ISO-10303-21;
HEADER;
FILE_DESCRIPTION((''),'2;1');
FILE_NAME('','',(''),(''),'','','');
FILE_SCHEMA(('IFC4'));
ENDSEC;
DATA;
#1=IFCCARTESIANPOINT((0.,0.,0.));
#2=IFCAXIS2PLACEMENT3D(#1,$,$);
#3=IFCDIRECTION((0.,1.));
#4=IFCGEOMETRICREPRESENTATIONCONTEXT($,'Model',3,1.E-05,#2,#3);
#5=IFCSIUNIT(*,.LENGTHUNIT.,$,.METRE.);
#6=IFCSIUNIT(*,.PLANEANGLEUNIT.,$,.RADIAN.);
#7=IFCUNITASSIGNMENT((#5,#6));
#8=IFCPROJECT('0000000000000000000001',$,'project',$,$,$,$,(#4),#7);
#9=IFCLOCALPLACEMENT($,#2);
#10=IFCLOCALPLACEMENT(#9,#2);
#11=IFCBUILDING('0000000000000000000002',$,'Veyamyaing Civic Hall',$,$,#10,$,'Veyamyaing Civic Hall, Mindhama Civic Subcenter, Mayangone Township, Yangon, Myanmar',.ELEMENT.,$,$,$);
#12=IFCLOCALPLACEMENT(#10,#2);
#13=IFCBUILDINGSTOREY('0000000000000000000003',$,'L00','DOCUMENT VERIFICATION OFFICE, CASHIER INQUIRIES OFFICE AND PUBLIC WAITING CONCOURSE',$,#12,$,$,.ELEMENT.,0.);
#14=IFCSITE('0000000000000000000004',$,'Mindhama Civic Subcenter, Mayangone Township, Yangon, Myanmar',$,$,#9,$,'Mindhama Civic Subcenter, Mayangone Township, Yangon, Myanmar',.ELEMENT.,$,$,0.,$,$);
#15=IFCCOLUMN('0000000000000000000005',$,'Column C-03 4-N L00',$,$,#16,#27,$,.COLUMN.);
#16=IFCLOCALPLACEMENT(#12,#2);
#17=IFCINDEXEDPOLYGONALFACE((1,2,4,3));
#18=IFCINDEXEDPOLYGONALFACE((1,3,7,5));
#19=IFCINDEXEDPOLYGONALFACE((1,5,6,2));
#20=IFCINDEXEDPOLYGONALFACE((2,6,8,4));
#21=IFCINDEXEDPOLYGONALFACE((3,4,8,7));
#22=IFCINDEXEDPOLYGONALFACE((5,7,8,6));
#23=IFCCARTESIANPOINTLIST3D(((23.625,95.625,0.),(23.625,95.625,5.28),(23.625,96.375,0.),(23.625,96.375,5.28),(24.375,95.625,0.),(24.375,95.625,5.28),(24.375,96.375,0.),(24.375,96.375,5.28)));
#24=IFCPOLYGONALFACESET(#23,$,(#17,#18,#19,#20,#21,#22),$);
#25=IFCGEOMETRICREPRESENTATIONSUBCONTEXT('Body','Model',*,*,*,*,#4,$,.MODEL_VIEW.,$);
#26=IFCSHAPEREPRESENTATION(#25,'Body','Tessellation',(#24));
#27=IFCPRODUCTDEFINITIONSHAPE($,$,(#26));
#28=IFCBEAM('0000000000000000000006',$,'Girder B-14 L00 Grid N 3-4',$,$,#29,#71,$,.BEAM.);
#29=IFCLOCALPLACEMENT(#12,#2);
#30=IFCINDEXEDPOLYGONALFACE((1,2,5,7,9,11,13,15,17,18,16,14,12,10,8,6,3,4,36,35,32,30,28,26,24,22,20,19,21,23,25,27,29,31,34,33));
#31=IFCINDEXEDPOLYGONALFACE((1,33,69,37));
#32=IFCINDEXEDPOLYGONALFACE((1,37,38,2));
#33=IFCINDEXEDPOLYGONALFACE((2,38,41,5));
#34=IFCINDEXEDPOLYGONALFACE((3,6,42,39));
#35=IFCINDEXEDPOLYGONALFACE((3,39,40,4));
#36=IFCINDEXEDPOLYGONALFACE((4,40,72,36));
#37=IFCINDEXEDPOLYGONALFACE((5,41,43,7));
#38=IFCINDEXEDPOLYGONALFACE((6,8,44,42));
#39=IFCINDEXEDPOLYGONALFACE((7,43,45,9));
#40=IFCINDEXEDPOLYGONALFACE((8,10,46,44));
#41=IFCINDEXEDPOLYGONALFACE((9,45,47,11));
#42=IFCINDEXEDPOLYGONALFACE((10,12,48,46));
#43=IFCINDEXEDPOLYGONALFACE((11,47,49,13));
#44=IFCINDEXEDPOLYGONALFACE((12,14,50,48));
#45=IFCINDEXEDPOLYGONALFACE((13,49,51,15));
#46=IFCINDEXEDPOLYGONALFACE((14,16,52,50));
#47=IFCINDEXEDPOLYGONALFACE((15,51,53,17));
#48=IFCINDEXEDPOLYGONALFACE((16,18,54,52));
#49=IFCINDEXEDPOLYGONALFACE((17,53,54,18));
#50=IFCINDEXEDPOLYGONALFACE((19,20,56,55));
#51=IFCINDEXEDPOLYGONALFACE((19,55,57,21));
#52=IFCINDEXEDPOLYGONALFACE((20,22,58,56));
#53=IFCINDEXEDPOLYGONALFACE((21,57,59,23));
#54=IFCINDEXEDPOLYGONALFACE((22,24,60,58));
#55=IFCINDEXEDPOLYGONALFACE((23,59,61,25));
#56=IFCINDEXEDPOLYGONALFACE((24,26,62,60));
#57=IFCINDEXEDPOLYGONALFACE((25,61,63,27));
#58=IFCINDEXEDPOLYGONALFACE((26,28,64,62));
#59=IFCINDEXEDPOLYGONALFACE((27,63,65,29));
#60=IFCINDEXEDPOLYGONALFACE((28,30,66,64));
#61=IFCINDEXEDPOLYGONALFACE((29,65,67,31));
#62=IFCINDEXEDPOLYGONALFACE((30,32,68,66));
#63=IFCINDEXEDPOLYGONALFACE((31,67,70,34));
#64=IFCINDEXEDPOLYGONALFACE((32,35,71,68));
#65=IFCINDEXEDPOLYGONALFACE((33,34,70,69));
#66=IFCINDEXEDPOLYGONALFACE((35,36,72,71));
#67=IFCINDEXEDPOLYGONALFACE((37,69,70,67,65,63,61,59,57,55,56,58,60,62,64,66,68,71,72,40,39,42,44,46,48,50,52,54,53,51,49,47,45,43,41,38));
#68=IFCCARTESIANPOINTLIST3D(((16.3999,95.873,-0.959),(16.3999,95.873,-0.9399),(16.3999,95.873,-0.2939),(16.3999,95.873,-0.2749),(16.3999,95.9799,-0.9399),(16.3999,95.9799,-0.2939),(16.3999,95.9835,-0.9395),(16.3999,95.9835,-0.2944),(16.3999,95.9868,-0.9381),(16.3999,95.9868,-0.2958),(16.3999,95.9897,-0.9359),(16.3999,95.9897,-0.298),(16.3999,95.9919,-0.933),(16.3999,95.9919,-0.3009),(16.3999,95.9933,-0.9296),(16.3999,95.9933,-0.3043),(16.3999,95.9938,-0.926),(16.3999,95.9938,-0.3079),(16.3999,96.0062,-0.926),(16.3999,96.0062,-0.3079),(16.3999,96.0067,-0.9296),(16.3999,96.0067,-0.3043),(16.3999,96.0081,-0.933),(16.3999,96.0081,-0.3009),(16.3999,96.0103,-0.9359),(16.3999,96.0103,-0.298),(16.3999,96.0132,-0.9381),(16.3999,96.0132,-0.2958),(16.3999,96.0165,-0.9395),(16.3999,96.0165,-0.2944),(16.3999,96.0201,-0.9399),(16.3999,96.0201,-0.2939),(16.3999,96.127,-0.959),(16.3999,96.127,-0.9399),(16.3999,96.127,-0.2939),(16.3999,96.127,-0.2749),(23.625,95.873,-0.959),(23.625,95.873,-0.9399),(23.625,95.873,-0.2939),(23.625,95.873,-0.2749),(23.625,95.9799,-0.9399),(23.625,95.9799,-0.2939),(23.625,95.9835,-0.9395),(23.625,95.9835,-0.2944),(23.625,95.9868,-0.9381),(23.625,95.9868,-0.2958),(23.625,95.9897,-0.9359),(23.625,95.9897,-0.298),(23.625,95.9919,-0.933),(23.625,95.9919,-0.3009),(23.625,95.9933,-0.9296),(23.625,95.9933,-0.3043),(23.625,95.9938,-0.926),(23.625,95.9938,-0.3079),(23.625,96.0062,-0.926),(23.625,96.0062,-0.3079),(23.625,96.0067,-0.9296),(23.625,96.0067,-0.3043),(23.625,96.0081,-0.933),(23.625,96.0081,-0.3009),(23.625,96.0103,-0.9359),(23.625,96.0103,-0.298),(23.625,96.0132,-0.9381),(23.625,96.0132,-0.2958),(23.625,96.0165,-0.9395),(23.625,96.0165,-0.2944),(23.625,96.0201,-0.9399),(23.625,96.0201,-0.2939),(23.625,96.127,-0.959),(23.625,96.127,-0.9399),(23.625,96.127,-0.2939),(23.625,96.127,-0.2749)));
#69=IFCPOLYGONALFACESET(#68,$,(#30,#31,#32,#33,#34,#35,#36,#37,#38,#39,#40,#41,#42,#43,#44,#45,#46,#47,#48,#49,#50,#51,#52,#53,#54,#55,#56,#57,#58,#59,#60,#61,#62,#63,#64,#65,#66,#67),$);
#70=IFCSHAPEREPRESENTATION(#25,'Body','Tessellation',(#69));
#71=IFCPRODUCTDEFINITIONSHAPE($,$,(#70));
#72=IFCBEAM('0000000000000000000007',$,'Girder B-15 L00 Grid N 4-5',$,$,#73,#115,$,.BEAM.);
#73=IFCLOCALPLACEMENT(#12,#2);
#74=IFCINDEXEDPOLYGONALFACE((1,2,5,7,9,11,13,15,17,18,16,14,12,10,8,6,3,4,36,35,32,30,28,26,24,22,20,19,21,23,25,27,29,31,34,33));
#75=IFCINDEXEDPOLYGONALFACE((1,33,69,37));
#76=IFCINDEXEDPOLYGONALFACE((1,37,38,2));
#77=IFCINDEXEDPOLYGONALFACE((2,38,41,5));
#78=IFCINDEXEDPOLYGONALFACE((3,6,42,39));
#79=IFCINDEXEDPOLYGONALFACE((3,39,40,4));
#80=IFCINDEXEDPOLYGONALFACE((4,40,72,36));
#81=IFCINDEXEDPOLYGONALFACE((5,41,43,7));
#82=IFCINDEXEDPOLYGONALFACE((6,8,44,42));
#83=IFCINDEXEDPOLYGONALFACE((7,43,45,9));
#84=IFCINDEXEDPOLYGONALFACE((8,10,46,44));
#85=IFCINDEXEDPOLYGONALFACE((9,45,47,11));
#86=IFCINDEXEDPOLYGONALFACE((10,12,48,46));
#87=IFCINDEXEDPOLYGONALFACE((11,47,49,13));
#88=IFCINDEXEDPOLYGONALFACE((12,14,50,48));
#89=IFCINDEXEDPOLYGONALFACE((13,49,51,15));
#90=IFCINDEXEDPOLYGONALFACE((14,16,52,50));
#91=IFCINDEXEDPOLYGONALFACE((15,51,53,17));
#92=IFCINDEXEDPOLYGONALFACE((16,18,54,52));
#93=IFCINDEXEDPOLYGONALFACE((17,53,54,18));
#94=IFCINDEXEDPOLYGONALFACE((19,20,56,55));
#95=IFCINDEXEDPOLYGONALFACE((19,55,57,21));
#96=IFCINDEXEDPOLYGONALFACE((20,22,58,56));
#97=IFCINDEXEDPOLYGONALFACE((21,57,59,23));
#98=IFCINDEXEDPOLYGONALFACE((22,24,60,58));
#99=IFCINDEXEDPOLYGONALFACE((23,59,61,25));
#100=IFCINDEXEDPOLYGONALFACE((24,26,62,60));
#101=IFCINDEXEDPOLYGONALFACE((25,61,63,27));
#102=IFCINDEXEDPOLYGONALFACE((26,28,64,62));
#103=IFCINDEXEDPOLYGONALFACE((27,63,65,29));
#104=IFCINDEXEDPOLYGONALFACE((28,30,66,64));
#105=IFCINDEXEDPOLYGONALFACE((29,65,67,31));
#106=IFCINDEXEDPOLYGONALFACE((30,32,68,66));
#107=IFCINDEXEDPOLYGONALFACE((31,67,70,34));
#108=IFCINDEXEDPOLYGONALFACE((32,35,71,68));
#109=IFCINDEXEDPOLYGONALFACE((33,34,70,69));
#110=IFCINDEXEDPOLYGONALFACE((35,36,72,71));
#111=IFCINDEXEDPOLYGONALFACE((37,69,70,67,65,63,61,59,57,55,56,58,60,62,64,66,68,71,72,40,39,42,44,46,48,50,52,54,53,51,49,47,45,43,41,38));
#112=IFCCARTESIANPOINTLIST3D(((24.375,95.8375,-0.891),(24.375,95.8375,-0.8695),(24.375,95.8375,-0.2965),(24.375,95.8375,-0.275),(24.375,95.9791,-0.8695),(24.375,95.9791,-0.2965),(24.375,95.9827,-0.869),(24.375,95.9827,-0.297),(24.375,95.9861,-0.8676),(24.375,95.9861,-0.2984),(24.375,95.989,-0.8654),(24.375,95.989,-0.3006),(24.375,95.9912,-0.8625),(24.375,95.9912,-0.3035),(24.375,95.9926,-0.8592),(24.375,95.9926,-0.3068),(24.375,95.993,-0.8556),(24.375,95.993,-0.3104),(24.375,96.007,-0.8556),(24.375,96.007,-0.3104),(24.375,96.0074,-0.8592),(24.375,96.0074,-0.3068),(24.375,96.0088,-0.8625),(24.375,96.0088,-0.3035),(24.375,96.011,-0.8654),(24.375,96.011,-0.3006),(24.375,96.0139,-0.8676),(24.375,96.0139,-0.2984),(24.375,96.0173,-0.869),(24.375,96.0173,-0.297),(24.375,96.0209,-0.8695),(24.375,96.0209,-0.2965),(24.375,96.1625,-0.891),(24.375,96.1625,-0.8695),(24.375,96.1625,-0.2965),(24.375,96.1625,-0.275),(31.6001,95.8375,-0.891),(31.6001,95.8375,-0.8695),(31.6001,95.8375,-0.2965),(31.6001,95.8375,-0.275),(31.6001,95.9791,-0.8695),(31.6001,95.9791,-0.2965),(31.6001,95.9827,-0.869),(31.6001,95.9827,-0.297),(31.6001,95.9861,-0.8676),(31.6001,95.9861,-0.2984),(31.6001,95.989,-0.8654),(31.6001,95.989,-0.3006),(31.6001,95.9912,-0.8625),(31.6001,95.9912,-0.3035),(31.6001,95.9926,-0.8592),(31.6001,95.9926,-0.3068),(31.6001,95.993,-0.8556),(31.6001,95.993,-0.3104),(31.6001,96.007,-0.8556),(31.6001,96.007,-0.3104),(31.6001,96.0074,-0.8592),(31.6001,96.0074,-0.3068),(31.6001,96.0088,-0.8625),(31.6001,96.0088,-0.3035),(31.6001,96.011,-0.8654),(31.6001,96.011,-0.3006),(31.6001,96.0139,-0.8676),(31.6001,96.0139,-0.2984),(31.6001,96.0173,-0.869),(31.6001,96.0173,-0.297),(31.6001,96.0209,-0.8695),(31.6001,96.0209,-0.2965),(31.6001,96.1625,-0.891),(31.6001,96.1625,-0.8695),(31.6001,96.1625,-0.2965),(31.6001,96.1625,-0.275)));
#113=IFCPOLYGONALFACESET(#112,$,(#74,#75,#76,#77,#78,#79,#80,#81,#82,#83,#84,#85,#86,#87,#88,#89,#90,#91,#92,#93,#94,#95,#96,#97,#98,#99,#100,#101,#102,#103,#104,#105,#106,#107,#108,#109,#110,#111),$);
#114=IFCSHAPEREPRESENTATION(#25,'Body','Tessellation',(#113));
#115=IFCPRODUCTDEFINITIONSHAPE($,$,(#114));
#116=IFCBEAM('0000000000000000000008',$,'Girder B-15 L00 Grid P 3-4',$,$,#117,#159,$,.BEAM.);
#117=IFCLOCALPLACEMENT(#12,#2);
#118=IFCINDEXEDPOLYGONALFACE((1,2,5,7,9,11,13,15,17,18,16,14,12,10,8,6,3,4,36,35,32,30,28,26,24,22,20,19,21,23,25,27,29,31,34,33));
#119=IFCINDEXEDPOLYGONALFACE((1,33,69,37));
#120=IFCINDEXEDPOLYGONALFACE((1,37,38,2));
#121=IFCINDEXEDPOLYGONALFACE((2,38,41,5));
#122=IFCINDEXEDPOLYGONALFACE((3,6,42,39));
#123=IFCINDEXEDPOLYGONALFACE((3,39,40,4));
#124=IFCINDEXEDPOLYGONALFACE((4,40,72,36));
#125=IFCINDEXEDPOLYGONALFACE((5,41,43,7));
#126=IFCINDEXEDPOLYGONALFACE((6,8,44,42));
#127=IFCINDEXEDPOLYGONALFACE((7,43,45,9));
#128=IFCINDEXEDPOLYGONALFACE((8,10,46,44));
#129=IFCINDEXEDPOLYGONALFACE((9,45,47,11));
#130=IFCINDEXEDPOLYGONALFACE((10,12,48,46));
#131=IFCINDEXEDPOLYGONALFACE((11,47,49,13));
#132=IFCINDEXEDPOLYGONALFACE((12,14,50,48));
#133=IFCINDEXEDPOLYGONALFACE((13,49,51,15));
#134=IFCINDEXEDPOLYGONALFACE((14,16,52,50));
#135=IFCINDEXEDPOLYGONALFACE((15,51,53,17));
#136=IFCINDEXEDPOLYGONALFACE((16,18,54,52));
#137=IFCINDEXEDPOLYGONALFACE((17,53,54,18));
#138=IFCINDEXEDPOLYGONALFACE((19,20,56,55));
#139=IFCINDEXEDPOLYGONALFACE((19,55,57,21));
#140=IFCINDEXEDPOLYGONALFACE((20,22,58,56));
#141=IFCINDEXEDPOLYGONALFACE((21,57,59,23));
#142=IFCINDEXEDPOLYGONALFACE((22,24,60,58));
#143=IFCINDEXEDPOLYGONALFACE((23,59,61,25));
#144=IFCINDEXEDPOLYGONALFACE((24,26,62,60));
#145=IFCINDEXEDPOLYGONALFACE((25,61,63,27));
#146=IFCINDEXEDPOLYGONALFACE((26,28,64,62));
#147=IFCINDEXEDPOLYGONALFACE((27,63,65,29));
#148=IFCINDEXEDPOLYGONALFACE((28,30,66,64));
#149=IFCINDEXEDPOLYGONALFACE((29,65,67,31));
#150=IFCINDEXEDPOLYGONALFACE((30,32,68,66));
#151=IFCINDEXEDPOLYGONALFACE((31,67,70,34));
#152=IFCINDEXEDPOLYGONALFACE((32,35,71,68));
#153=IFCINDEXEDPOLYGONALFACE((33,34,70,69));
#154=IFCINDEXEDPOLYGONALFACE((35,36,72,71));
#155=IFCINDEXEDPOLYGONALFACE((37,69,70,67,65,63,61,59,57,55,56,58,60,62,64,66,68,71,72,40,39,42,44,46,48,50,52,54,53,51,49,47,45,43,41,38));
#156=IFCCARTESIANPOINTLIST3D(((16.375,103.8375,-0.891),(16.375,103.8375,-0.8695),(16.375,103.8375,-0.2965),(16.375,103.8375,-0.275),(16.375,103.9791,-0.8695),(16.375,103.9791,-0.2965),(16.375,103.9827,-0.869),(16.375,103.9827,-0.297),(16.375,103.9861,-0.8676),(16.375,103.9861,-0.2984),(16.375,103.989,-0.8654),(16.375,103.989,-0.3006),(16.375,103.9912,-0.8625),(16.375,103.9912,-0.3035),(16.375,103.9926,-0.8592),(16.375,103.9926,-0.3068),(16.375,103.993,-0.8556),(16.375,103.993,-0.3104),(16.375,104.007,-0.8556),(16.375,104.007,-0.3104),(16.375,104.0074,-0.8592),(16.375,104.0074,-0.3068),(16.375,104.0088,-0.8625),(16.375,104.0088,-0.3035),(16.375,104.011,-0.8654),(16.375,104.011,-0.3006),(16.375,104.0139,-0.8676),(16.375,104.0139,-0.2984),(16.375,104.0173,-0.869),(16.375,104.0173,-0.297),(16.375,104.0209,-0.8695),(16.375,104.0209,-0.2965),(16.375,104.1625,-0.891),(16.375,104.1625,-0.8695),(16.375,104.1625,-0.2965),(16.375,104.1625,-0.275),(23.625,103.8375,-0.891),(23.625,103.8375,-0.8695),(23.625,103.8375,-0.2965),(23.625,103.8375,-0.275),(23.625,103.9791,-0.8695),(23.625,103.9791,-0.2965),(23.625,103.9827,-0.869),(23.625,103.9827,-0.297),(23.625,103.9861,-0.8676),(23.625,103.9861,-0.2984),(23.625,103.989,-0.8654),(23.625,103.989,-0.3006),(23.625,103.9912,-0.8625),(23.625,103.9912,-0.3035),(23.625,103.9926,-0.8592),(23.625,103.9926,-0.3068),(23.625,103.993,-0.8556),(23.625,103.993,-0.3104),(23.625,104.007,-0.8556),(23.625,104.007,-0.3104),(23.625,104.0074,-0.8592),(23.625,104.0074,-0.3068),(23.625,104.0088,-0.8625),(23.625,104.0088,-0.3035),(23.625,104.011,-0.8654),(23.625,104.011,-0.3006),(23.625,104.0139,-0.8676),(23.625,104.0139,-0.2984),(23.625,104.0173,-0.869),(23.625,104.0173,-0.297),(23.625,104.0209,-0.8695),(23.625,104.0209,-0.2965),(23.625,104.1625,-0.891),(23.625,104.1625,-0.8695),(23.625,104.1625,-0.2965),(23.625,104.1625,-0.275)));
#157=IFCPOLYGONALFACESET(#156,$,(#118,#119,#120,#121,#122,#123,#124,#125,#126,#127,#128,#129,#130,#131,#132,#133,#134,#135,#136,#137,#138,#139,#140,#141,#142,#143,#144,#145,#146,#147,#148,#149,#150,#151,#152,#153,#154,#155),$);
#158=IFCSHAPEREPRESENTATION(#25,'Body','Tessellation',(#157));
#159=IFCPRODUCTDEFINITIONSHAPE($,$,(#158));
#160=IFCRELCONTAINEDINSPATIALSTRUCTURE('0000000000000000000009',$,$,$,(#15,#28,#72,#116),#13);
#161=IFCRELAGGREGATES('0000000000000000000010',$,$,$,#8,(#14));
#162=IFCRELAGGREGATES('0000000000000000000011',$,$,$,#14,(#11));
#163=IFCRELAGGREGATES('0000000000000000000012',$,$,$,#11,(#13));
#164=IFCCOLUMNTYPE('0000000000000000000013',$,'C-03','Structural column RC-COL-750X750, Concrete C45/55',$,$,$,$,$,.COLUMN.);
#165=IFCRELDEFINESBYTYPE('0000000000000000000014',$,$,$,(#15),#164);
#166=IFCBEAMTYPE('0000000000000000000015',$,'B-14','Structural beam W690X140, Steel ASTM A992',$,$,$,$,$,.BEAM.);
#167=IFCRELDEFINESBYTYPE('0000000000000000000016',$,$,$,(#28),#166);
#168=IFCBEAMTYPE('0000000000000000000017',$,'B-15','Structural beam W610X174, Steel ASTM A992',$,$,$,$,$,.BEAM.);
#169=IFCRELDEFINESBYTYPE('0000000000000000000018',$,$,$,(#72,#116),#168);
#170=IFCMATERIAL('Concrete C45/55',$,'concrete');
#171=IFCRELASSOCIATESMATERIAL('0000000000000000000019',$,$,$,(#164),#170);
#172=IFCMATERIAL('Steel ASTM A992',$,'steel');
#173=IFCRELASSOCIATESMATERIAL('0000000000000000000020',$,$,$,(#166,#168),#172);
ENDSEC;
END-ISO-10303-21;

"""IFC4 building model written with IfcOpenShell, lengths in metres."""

from ifc_helpers import new_model, si_unit, direction, frame, origin, origin_2d, place, context, subcontext, project, spatial, rectangle, i_section, extrude, material, material_profile, profile_set, type_object, element, save


model = new_model("IFC4")

# Units and contexts
model_context = context("Model", 3, precision=1e-05, world=origin(), true_north=direction((0.0, 1.0)))
body_context = subcontext(model_context, "Body", "Model", "MODEL_VIEW")
ifc_project = project(units=[si_unit("LENGTHUNIT", "METRE"), si_unit("PLANEANGLEUNIT", "RADIAN")], contexts=[model_context])

# Site, building, storey
site_placement = place(None, origin())
site = spatial("IfcSite", under=ifc_project, at=site_placement, Name="Mindhama Civic Subcenter, Mayangone Township, Yangon, Myanmar", LongName="Mindhama Civic Subcenter, Mayangone Township, Yangon, Myanmar", CompositionType="ELEMENT", RefElevation=0.0)
building_placement = place(site_placement, origin())
building = spatial("IfcBuilding", under=site, at=building_placement, Name="Veyamyaing Civic Hall", LongName="Veyamyaing Civic Hall, Mindhama Civic Subcenter, Mayangone Township, Yangon, Myanmar", CompositionType="ELEMENT")
storey_placement = place(building_placement, origin())
storey = spatial("IfcBuildingStorey", under=building, at=storey_placement, Name="L00", Description="DOCUMENT VERIFICATION OFFICE, CASHIER INQUIRIES OFFICE AND PUBLIC WAITING CONCOURSE", CompositionType="ELEMENT", Elevation=0.0)

# Column
ifc_material_1 = material(Name="Concrete C45/55", Category="concrete")
ifc_material_profile_1 = material_profile(ifc_material_1, rectangle(XDim=0.75, YDim=0.75, at=origin_2d()), Name="RC-COL-750X750")
ifc_profile_set_1 = profile_set([ifc_material_profile_1], Name="Concrete C45/55")
column_type = type_object("IfcColumnType", Name="C-03", Description="Structural column RC-COL-750X750, Concrete C45/55", PredefinedType="COLUMN", material=ifc_profile_set_1)
column_placement = place(storey_placement, frame((24.0, 96.0, 0.0), z_axis=(0.0, 0.0, 1.0), x_axis=(1.0, 0.0, 0.0)))
element("IfcColumn", 1, at=column_placement, inside=storey, type_object=column_type, Name="Column C-03 4-N L00", PredefinedType="COLUMN", context=body_context, shape_type="SweptSolid", body=[
    extrude(rectangle(XDim=0.75, YDim=0.75, at=origin_2d()), origin(), (0.0, 0.0, 1.0), 5.28),
])

# Beams
ifc_material_2 = material(Name="Steel ASTM A992", Category="steel")
ifc_material_profile_2 = material_profile(ifc_material_2, i_section(OverallWidth=0.2539, OverallDepth=0.6841, WebThickness=0.0125, FlangeThickness=0.019, FilletRadius=0.0139, at=origin_2d()), Name="W690X140")
ifc_profile_set_2 = profile_set([ifc_material_profile_2], Name="Steel ASTM A992")
beam_type_1 = type_object("IfcBeamType", Name="B-14", Description="Structural beam W690X140, Steel ASTM A992", PredefinedType="BEAM", material=ifc_profile_set_2)
beam_1_placement = place(storey_placement, frame((16.3999, 96.0, -0.6169), z_axis=(1.0, 0.0, 0.0), x_axis=(0.0, 1.0, 0.0)))
element("IfcBeam", 2, at=beam_1_placement, inside=storey, type_object=beam_type_1, Name="Girder B-14 L00 Grid N 3-4", PredefinedType="BEAM", context=body_context, shape_type="SweptSolid", body=[
    extrude(i_section(OverallWidth=0.2539, OverallDepth=0.6841, WebThickness=0.0125, FlangeThickness=0.019, FilletRadius=0.0139, at=origin_2d()), origin(), (0.0, 0.0, 1.0), 7.2251),
])
ifc_material_profile_3 = material_profile(ifc_material_2, i_section(OverallWidth=0.325, OverallDepth=0.616, WebThickness=0.0139, FlangeThickness=0.0215, FilletRadius=0.0139, at=origin_2d()), Name="W610X174")
ifc_profile_set_3 = profile_set([ifc_material_profile_3], Name="Steel ASTM A992")
beam_type_2 = type_object("IfcBeamType", Name="B-15", Description="Structural beam W610X174, Steel ASTM A992", PredefinedType="BEAM", material=ifc_profile_set_3)
beam_2_placement = place(storey_placement, frame((24.375, 96.0, -0.583), z_axis=(1.0, 0.0, 0.0), x_axis=(0.0, 1.0, 0.0)))
element("IfcBeam", 3, at=beam_2_placement, inside=storey, type_object=beam_type_2, Name="Girder B-15 L00 Grid N 4-5", PredefinedType="BEAM", context=body_context, shape_type="SweptSolid", body=[
    extrude(i_section(OverallWidth=0.325, OverallDepth=0.616, WebThickness=0.0139, FlangeThickness=0.0215, FilletRadius=0.0139, at=origin_2d()), origin(), (0.0, 0.0, 1.0), 7.2251),
])
beam_3_placement = place(storey_placement, frame((16.375, 104.0, -0.583), z_axis=(1.0, 0.0, 0.0), x_axis=(0.0, 1.0, 0.0)))
element("IfcBeam", 4, at=beam_3_placement, inside=storey, type_object=beam_type_2, Name="Girder B-15 L00 Grid P 3-4", PredefinedType="BEAM", context=body_context, shape_type="SweptSolid", body=[
    extrude(i_section(OverallWidth=0.325, OverallDepth=0.616, WebThickness=0.0139, FlangeThickness=0.0215, FilletRadius=0.0139, at=origin_2d()), origin(), (0.0, 0.0, 1.0), 7.25),
])

save(model, "model.ifc")
